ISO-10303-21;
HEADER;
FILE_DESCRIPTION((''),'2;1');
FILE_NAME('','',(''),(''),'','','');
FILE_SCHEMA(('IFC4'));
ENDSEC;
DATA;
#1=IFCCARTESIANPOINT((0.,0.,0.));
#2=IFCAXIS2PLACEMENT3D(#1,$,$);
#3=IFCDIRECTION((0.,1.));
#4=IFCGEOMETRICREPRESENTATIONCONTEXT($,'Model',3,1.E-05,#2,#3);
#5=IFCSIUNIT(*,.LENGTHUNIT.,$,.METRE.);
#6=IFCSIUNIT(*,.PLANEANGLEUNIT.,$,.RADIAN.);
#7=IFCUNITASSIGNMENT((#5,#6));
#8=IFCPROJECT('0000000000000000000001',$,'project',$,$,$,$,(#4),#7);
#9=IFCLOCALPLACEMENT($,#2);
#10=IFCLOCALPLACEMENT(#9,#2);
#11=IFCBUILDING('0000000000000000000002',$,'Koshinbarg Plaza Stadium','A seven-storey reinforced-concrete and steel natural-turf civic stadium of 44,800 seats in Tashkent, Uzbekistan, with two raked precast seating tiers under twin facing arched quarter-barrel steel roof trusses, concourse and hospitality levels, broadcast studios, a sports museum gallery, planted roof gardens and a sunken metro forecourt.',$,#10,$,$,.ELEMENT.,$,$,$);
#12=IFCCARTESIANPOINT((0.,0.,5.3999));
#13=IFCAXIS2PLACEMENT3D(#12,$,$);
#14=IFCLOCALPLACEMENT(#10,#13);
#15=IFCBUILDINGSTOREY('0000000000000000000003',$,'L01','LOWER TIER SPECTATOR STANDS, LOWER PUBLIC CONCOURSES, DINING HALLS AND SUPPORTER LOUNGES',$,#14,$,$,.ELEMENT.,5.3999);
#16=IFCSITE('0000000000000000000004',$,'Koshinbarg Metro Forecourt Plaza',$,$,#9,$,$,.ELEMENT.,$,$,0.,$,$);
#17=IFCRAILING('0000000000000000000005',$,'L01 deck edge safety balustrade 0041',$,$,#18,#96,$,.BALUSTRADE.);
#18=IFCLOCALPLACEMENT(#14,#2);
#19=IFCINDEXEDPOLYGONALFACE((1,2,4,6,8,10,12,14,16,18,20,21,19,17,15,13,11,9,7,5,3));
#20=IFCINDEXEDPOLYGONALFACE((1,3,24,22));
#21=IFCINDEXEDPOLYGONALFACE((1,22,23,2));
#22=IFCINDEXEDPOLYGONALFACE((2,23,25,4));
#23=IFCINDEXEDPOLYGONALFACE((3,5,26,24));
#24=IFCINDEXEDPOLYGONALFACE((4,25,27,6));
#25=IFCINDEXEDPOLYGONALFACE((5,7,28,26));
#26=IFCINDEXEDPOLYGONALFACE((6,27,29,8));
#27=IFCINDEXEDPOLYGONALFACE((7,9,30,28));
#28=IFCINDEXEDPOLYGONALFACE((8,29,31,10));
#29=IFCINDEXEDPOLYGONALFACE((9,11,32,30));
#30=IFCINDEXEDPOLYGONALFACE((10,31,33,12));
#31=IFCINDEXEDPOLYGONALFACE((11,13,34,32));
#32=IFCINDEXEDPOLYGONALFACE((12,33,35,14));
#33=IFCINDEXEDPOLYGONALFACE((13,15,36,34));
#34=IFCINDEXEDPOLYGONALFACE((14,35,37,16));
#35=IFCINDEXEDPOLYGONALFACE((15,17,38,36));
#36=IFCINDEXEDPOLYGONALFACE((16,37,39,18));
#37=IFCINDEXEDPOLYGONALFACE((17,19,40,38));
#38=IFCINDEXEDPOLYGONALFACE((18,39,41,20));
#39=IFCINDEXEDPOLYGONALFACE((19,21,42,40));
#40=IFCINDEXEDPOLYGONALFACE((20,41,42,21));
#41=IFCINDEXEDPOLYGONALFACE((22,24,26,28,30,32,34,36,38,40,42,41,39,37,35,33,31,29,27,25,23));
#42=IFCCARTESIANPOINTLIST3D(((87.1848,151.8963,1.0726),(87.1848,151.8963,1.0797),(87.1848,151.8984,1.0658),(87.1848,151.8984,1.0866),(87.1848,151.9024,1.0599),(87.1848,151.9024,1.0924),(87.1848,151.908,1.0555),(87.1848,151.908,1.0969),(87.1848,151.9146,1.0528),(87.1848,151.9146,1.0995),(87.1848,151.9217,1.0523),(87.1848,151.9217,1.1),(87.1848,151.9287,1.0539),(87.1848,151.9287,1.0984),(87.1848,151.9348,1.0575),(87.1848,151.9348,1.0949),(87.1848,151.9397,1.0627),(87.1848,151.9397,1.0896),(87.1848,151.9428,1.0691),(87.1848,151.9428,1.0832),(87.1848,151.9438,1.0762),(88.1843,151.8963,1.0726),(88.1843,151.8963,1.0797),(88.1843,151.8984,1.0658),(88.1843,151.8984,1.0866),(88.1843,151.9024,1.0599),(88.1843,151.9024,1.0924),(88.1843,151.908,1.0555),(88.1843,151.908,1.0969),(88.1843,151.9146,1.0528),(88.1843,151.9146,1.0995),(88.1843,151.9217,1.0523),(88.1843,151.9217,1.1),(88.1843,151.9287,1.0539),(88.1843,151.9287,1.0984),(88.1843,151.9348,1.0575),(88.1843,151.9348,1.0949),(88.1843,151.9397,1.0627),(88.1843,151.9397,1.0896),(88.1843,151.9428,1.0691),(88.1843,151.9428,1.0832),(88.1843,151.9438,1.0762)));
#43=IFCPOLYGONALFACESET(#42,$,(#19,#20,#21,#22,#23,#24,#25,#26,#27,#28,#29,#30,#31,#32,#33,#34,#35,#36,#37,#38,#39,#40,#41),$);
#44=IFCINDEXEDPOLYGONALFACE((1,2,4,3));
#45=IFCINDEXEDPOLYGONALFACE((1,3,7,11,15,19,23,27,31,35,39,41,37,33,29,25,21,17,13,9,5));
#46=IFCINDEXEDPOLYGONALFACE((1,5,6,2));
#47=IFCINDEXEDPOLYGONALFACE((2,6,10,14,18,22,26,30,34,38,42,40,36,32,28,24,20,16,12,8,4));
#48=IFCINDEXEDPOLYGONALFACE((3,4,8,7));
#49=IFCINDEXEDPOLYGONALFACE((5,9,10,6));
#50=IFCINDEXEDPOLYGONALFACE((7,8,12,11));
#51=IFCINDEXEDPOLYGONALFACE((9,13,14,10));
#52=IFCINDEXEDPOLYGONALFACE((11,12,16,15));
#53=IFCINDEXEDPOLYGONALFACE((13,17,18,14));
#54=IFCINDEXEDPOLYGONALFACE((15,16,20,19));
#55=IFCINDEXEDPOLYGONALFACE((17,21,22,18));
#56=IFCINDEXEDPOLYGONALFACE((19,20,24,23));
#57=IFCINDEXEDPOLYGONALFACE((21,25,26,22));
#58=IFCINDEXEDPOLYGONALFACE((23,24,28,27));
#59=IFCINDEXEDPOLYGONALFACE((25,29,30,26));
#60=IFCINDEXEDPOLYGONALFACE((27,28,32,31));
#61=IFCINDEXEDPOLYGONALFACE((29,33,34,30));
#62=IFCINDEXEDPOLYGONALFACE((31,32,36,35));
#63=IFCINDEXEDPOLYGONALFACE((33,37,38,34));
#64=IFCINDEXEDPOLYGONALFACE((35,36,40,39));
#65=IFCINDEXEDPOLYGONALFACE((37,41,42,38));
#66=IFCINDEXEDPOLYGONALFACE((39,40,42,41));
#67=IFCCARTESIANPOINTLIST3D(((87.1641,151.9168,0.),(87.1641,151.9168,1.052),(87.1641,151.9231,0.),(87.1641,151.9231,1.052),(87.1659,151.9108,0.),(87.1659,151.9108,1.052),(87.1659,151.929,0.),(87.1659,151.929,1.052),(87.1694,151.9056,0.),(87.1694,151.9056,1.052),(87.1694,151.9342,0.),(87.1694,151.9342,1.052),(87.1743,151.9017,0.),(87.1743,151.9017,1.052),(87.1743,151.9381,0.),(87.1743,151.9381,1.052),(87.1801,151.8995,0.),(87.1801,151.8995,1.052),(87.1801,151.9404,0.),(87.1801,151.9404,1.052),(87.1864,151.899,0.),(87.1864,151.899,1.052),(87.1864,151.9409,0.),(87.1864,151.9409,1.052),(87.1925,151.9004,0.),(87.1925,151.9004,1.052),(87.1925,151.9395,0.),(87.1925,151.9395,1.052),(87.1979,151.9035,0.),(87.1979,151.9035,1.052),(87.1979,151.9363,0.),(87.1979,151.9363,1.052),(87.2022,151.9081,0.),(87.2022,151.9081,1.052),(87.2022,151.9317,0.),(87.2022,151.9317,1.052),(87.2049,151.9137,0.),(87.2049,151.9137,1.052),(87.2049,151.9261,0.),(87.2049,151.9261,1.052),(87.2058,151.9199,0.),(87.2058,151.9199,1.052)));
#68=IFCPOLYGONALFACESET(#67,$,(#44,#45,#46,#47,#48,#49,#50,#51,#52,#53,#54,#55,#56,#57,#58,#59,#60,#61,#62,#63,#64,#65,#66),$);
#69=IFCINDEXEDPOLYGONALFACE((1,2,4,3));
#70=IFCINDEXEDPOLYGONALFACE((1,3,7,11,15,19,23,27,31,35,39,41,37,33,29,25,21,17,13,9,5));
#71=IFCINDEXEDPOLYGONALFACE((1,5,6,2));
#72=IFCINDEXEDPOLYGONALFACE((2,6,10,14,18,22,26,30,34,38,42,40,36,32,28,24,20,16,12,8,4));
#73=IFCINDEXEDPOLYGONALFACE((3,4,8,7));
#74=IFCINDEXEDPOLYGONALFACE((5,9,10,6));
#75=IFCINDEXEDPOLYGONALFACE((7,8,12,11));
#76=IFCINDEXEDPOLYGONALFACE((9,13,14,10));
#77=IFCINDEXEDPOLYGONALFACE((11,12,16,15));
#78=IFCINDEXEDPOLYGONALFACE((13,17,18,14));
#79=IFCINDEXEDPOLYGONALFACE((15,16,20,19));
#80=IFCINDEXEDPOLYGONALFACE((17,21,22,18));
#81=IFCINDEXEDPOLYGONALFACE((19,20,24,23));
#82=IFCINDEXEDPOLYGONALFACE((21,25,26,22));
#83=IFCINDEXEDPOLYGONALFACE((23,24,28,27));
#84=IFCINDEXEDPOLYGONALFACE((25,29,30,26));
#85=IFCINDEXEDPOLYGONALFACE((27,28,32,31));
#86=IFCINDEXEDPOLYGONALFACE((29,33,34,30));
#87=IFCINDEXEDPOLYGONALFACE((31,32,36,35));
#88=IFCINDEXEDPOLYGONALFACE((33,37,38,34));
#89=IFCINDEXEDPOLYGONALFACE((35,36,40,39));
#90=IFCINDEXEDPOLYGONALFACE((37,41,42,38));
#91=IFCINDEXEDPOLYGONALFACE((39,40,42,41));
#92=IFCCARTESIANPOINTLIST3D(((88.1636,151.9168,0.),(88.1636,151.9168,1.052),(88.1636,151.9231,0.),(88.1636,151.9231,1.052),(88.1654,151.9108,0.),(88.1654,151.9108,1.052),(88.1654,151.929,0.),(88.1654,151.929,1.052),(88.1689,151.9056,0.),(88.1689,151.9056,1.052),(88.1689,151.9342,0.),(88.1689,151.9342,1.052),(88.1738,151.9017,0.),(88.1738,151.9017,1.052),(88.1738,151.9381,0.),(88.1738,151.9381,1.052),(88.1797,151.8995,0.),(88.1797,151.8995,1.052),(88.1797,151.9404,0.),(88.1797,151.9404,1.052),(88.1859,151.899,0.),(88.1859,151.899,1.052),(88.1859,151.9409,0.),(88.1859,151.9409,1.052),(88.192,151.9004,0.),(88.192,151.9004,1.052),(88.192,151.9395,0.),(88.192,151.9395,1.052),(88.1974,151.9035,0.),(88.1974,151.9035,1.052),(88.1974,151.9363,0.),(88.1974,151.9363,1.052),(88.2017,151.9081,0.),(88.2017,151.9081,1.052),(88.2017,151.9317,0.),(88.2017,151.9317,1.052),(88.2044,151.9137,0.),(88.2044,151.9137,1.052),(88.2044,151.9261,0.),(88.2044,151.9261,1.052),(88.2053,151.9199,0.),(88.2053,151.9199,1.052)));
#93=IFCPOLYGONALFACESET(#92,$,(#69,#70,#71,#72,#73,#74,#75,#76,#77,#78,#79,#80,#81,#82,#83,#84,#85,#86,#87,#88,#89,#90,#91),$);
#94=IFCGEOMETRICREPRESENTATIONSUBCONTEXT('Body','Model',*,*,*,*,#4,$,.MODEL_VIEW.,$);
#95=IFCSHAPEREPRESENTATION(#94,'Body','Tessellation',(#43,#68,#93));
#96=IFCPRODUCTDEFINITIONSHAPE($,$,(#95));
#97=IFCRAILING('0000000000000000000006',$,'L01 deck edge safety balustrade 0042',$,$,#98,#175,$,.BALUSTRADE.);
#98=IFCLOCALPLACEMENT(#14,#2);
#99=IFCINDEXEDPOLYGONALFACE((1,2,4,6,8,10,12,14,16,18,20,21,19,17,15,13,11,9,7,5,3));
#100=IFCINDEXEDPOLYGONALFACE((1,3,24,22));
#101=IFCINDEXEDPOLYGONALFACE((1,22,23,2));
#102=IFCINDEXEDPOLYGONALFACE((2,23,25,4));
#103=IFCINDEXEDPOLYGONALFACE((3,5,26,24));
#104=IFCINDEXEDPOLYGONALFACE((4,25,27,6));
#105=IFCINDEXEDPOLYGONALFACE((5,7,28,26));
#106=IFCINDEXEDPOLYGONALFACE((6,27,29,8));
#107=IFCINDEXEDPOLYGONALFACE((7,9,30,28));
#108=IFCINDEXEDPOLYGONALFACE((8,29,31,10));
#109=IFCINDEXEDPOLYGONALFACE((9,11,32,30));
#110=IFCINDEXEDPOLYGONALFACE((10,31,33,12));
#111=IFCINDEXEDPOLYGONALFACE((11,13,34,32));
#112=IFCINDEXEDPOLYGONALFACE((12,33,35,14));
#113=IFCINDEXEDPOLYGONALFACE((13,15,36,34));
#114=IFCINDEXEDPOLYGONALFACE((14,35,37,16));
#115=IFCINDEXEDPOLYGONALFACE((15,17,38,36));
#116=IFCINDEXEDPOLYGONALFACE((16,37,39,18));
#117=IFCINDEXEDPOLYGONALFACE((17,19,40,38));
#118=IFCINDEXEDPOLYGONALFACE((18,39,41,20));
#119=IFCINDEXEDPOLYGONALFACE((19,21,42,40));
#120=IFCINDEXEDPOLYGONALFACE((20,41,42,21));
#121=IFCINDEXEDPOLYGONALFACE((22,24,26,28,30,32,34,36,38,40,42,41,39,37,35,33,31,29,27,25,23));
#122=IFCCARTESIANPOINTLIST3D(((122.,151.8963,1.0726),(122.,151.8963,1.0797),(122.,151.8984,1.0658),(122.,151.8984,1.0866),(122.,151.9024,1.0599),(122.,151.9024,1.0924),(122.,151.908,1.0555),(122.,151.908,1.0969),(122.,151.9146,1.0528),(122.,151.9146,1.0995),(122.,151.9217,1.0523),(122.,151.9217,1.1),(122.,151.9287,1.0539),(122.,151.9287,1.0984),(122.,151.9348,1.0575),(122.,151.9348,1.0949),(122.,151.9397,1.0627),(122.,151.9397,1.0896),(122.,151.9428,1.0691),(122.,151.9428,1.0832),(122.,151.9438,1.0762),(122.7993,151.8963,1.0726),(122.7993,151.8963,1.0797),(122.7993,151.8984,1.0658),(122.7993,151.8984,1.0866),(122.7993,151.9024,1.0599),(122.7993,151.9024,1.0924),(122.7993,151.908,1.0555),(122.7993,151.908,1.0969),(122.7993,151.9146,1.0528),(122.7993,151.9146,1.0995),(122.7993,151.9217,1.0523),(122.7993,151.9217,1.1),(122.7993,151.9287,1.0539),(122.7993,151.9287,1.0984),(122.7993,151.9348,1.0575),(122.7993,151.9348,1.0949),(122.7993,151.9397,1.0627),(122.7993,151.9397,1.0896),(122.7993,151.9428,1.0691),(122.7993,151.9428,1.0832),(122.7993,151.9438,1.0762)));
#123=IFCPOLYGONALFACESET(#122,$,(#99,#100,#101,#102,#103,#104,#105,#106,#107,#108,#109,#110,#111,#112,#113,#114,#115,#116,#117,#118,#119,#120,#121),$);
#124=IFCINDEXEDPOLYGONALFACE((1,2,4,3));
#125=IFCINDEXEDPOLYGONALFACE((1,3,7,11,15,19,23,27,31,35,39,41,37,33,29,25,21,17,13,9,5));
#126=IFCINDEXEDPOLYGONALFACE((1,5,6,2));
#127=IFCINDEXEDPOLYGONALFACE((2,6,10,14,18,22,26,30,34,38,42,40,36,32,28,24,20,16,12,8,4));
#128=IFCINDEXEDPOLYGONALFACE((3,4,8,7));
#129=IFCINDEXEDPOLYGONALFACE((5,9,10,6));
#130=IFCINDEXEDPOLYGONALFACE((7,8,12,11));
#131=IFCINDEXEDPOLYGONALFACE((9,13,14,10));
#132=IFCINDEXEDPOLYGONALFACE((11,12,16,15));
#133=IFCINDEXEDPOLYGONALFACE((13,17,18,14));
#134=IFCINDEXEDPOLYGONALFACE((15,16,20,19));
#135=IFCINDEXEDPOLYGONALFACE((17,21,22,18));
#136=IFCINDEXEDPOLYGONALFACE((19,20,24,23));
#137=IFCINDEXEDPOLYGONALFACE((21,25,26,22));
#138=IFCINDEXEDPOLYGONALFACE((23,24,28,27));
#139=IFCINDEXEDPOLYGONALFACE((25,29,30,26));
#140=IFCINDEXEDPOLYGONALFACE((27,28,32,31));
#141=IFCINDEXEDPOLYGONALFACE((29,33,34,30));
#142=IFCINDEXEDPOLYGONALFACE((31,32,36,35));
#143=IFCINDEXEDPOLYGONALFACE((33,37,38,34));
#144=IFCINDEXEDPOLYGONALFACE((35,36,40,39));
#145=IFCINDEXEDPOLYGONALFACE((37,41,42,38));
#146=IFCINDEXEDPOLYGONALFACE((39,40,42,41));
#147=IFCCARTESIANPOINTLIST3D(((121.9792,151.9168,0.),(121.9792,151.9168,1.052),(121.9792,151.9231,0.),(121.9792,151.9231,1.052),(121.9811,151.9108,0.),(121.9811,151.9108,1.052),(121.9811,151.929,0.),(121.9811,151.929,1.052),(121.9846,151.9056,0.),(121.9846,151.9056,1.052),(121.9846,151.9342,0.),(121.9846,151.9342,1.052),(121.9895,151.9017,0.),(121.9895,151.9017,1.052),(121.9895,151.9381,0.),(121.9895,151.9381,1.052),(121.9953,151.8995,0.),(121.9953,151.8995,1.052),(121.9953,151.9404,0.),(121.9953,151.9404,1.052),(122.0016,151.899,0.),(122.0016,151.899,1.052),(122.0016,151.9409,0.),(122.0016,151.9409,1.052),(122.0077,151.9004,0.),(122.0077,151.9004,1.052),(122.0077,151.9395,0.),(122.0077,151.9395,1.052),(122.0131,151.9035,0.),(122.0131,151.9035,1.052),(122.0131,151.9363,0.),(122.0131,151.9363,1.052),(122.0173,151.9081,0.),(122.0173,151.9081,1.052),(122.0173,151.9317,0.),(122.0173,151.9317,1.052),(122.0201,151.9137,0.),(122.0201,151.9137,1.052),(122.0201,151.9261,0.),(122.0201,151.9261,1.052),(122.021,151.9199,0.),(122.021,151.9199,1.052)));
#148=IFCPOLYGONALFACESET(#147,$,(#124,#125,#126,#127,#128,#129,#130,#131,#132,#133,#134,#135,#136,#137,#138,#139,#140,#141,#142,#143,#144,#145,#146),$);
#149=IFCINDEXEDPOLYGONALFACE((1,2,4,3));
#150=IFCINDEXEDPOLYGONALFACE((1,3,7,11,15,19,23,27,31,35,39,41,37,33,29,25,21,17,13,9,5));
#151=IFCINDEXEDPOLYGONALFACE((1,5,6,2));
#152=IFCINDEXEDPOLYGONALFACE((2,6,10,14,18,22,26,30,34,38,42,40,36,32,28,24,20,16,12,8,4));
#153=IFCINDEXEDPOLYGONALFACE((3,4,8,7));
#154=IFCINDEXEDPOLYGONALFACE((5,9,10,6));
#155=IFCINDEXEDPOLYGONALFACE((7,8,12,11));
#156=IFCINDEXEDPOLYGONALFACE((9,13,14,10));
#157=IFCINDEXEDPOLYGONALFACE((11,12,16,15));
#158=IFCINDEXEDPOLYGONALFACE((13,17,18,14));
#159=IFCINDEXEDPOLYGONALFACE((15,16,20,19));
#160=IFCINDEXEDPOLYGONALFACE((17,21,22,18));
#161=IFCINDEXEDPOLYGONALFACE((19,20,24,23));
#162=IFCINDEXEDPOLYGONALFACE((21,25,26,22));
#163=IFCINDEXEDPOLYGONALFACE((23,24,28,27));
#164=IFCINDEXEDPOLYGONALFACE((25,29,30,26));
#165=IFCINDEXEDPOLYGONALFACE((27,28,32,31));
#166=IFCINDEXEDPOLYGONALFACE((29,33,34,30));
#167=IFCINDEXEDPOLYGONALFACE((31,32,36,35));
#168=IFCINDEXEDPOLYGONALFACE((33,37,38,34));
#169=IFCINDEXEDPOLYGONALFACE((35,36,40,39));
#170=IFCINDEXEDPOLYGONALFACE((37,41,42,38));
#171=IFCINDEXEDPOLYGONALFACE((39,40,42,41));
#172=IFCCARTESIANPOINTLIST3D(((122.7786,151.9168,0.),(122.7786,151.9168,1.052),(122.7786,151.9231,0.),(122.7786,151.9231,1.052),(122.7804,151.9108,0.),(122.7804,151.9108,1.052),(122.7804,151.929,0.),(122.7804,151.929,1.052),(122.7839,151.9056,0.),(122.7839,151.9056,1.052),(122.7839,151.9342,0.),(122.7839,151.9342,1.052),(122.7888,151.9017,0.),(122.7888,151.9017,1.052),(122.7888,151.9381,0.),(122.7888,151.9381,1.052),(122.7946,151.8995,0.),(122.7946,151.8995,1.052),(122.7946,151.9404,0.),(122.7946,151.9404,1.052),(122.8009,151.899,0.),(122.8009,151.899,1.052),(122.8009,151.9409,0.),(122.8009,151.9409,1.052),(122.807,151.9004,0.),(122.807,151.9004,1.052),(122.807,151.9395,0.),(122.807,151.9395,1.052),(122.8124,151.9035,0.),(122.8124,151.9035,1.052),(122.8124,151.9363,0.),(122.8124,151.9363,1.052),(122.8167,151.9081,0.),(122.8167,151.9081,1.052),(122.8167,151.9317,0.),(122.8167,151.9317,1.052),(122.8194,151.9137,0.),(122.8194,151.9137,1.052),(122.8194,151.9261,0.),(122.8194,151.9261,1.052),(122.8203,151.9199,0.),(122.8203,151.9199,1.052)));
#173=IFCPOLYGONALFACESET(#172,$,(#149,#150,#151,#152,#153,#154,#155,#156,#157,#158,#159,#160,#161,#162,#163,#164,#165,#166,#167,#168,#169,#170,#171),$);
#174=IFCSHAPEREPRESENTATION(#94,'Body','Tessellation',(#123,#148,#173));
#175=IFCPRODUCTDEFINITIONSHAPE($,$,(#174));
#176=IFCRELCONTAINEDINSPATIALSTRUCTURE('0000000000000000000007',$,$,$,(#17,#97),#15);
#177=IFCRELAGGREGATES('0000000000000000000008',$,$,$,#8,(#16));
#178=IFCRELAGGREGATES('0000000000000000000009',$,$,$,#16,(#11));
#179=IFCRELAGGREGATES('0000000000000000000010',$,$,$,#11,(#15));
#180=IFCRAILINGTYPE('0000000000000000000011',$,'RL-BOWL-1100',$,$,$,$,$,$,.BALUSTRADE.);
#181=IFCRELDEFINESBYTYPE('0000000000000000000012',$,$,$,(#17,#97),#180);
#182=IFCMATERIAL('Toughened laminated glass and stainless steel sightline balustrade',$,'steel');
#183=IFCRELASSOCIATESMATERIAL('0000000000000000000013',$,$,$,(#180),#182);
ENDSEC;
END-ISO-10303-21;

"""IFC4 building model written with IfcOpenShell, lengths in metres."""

from ifc_helpers import new_model, si_unit, direction, frame, origin, origin_2d, place, context, subcontext, project, spatial, circle, extrude, material, type_object, element, save


model = new_model("IFC4")

# Units and contexts
model_context = context("Model", 3, precision=1e-05, world=origin(), true_north=direction((0.0, 1.0)))
body_context = subcontext(model_context, "Body", "Model", "MODEL_VIEW")
ifc_project = project(units=[si_unit("LENGTHUNIT", "METRE"), si_unit("PLANEANGLEUNIT", "RADIAN")], contexts=[model_context])

# Site, building, storey
site_placement = place(None, origin())
site = spatial("IfcSite", under=ifc_project, at=site_placement, Name="Koshinbarg Metro Forecourt Plaza", CompositionType="ELEMENT", RefElevation=0.0)
building_placement = place(site_placement, origin())
building = spatial("IfcBuilding", under=site, at=building_placement, Name="Koshinbarg Plaza Stadium", Description="A seven-storey reinforced-concrete and steel natural-turf civic stadium of 44,800 seats in Tashkent, Uzbekistan, with two raked precast seating tiers under twin facing arched quarter-barrel steel roof trusses, concourse and hospitality levels, broadcast studios, a sports museum gallery, planted roof gardens and a sunken metro forecourt.", CompositionType="ELEMENT")
storey_placement = place(building_placement, frame((0.0, 0.0, 5.3999)))
storey = spatial("IfcBuildingStorey", under=building, at=storey_placement, Name="L01", Description="LOWER TIER SPECTATOR STANDS, LOWER PUBLIC CONCOURSES, DINING HALLS AND SUPPORTER LOUNGES", CompositionType="ELEMENT", Elevation=5.3999)

# Railings
ifc_material_1 = material(Name="Toughened laminated glass and stainless steel sightline balustrade", Category="steel")
railing_type = type_object("IfcRailingType", Name="RL-BOWL-1100", PredefinedType="BALUSTRADE", material=ifc_material_1)
railing_1_placement = place(storey_placement, frame((87.1848, 151.9199, 0.0)))
element("IfcRailing", 1, at=railing_1_placement, inside=storey, type_object=railing_type, Name="L01 deck edge safety balustrade 0041", PredefinedType="BALUSTRADE", context=body_context, shape_type="SweptSolid", body=[
    extrude(circle(Radius=0.0239, at=origin_2d()), frame((0.0, 0.0, 1.0762), z_axis=(1.0, 0.0, 0.0), x_axis=(0.0, 1.0, 0.0)), (0.0, 0.0, 1.0), 0.9995),
    extrude(circle(Radius=0.021, at=origin_2d()), origin(), (0.0, 0.0, 1.0), 1.052),
    extrude(circle(Radius=0.021, at=origin_2d()), frame((0.9995, 0.0, 0.0)), (0.0, 0.0, 1.0), 1.052),
])
railing_2_placement = place(storey_placement, frame((122.0, 151.9199, 0.0)))
element("IfcRailing", 2, at=railing_2_placement, inside=storey, type_object=railing_type, Name="L01 deck edge safety balustrade 0042", PredefinedType="BALUSTRADE", context=body_context, shape_type="SweptSolid", body=[
    extrude(circle(Radius=0.0239, at=origin_2d()), frame((0.0, 0.0, 1.0762), z_axis=(1.0, 0.0, 0.0), x_axis=(0.0, 1.0, 0.0)), (0.0, 0.0, 1.0), 0.7993),
    extrude(circle(Radius=0.021, at=origin_2d()), origin(), (0.0, 0.0, 1.0), 1.052),
    extrude(circle(Radius=0.021, at=origin_2d()), frame((0.7993, 0.0, 0.0)), (0.0, 0.0, 1.0), 1.052),
])

save(model, "model.ifc")
